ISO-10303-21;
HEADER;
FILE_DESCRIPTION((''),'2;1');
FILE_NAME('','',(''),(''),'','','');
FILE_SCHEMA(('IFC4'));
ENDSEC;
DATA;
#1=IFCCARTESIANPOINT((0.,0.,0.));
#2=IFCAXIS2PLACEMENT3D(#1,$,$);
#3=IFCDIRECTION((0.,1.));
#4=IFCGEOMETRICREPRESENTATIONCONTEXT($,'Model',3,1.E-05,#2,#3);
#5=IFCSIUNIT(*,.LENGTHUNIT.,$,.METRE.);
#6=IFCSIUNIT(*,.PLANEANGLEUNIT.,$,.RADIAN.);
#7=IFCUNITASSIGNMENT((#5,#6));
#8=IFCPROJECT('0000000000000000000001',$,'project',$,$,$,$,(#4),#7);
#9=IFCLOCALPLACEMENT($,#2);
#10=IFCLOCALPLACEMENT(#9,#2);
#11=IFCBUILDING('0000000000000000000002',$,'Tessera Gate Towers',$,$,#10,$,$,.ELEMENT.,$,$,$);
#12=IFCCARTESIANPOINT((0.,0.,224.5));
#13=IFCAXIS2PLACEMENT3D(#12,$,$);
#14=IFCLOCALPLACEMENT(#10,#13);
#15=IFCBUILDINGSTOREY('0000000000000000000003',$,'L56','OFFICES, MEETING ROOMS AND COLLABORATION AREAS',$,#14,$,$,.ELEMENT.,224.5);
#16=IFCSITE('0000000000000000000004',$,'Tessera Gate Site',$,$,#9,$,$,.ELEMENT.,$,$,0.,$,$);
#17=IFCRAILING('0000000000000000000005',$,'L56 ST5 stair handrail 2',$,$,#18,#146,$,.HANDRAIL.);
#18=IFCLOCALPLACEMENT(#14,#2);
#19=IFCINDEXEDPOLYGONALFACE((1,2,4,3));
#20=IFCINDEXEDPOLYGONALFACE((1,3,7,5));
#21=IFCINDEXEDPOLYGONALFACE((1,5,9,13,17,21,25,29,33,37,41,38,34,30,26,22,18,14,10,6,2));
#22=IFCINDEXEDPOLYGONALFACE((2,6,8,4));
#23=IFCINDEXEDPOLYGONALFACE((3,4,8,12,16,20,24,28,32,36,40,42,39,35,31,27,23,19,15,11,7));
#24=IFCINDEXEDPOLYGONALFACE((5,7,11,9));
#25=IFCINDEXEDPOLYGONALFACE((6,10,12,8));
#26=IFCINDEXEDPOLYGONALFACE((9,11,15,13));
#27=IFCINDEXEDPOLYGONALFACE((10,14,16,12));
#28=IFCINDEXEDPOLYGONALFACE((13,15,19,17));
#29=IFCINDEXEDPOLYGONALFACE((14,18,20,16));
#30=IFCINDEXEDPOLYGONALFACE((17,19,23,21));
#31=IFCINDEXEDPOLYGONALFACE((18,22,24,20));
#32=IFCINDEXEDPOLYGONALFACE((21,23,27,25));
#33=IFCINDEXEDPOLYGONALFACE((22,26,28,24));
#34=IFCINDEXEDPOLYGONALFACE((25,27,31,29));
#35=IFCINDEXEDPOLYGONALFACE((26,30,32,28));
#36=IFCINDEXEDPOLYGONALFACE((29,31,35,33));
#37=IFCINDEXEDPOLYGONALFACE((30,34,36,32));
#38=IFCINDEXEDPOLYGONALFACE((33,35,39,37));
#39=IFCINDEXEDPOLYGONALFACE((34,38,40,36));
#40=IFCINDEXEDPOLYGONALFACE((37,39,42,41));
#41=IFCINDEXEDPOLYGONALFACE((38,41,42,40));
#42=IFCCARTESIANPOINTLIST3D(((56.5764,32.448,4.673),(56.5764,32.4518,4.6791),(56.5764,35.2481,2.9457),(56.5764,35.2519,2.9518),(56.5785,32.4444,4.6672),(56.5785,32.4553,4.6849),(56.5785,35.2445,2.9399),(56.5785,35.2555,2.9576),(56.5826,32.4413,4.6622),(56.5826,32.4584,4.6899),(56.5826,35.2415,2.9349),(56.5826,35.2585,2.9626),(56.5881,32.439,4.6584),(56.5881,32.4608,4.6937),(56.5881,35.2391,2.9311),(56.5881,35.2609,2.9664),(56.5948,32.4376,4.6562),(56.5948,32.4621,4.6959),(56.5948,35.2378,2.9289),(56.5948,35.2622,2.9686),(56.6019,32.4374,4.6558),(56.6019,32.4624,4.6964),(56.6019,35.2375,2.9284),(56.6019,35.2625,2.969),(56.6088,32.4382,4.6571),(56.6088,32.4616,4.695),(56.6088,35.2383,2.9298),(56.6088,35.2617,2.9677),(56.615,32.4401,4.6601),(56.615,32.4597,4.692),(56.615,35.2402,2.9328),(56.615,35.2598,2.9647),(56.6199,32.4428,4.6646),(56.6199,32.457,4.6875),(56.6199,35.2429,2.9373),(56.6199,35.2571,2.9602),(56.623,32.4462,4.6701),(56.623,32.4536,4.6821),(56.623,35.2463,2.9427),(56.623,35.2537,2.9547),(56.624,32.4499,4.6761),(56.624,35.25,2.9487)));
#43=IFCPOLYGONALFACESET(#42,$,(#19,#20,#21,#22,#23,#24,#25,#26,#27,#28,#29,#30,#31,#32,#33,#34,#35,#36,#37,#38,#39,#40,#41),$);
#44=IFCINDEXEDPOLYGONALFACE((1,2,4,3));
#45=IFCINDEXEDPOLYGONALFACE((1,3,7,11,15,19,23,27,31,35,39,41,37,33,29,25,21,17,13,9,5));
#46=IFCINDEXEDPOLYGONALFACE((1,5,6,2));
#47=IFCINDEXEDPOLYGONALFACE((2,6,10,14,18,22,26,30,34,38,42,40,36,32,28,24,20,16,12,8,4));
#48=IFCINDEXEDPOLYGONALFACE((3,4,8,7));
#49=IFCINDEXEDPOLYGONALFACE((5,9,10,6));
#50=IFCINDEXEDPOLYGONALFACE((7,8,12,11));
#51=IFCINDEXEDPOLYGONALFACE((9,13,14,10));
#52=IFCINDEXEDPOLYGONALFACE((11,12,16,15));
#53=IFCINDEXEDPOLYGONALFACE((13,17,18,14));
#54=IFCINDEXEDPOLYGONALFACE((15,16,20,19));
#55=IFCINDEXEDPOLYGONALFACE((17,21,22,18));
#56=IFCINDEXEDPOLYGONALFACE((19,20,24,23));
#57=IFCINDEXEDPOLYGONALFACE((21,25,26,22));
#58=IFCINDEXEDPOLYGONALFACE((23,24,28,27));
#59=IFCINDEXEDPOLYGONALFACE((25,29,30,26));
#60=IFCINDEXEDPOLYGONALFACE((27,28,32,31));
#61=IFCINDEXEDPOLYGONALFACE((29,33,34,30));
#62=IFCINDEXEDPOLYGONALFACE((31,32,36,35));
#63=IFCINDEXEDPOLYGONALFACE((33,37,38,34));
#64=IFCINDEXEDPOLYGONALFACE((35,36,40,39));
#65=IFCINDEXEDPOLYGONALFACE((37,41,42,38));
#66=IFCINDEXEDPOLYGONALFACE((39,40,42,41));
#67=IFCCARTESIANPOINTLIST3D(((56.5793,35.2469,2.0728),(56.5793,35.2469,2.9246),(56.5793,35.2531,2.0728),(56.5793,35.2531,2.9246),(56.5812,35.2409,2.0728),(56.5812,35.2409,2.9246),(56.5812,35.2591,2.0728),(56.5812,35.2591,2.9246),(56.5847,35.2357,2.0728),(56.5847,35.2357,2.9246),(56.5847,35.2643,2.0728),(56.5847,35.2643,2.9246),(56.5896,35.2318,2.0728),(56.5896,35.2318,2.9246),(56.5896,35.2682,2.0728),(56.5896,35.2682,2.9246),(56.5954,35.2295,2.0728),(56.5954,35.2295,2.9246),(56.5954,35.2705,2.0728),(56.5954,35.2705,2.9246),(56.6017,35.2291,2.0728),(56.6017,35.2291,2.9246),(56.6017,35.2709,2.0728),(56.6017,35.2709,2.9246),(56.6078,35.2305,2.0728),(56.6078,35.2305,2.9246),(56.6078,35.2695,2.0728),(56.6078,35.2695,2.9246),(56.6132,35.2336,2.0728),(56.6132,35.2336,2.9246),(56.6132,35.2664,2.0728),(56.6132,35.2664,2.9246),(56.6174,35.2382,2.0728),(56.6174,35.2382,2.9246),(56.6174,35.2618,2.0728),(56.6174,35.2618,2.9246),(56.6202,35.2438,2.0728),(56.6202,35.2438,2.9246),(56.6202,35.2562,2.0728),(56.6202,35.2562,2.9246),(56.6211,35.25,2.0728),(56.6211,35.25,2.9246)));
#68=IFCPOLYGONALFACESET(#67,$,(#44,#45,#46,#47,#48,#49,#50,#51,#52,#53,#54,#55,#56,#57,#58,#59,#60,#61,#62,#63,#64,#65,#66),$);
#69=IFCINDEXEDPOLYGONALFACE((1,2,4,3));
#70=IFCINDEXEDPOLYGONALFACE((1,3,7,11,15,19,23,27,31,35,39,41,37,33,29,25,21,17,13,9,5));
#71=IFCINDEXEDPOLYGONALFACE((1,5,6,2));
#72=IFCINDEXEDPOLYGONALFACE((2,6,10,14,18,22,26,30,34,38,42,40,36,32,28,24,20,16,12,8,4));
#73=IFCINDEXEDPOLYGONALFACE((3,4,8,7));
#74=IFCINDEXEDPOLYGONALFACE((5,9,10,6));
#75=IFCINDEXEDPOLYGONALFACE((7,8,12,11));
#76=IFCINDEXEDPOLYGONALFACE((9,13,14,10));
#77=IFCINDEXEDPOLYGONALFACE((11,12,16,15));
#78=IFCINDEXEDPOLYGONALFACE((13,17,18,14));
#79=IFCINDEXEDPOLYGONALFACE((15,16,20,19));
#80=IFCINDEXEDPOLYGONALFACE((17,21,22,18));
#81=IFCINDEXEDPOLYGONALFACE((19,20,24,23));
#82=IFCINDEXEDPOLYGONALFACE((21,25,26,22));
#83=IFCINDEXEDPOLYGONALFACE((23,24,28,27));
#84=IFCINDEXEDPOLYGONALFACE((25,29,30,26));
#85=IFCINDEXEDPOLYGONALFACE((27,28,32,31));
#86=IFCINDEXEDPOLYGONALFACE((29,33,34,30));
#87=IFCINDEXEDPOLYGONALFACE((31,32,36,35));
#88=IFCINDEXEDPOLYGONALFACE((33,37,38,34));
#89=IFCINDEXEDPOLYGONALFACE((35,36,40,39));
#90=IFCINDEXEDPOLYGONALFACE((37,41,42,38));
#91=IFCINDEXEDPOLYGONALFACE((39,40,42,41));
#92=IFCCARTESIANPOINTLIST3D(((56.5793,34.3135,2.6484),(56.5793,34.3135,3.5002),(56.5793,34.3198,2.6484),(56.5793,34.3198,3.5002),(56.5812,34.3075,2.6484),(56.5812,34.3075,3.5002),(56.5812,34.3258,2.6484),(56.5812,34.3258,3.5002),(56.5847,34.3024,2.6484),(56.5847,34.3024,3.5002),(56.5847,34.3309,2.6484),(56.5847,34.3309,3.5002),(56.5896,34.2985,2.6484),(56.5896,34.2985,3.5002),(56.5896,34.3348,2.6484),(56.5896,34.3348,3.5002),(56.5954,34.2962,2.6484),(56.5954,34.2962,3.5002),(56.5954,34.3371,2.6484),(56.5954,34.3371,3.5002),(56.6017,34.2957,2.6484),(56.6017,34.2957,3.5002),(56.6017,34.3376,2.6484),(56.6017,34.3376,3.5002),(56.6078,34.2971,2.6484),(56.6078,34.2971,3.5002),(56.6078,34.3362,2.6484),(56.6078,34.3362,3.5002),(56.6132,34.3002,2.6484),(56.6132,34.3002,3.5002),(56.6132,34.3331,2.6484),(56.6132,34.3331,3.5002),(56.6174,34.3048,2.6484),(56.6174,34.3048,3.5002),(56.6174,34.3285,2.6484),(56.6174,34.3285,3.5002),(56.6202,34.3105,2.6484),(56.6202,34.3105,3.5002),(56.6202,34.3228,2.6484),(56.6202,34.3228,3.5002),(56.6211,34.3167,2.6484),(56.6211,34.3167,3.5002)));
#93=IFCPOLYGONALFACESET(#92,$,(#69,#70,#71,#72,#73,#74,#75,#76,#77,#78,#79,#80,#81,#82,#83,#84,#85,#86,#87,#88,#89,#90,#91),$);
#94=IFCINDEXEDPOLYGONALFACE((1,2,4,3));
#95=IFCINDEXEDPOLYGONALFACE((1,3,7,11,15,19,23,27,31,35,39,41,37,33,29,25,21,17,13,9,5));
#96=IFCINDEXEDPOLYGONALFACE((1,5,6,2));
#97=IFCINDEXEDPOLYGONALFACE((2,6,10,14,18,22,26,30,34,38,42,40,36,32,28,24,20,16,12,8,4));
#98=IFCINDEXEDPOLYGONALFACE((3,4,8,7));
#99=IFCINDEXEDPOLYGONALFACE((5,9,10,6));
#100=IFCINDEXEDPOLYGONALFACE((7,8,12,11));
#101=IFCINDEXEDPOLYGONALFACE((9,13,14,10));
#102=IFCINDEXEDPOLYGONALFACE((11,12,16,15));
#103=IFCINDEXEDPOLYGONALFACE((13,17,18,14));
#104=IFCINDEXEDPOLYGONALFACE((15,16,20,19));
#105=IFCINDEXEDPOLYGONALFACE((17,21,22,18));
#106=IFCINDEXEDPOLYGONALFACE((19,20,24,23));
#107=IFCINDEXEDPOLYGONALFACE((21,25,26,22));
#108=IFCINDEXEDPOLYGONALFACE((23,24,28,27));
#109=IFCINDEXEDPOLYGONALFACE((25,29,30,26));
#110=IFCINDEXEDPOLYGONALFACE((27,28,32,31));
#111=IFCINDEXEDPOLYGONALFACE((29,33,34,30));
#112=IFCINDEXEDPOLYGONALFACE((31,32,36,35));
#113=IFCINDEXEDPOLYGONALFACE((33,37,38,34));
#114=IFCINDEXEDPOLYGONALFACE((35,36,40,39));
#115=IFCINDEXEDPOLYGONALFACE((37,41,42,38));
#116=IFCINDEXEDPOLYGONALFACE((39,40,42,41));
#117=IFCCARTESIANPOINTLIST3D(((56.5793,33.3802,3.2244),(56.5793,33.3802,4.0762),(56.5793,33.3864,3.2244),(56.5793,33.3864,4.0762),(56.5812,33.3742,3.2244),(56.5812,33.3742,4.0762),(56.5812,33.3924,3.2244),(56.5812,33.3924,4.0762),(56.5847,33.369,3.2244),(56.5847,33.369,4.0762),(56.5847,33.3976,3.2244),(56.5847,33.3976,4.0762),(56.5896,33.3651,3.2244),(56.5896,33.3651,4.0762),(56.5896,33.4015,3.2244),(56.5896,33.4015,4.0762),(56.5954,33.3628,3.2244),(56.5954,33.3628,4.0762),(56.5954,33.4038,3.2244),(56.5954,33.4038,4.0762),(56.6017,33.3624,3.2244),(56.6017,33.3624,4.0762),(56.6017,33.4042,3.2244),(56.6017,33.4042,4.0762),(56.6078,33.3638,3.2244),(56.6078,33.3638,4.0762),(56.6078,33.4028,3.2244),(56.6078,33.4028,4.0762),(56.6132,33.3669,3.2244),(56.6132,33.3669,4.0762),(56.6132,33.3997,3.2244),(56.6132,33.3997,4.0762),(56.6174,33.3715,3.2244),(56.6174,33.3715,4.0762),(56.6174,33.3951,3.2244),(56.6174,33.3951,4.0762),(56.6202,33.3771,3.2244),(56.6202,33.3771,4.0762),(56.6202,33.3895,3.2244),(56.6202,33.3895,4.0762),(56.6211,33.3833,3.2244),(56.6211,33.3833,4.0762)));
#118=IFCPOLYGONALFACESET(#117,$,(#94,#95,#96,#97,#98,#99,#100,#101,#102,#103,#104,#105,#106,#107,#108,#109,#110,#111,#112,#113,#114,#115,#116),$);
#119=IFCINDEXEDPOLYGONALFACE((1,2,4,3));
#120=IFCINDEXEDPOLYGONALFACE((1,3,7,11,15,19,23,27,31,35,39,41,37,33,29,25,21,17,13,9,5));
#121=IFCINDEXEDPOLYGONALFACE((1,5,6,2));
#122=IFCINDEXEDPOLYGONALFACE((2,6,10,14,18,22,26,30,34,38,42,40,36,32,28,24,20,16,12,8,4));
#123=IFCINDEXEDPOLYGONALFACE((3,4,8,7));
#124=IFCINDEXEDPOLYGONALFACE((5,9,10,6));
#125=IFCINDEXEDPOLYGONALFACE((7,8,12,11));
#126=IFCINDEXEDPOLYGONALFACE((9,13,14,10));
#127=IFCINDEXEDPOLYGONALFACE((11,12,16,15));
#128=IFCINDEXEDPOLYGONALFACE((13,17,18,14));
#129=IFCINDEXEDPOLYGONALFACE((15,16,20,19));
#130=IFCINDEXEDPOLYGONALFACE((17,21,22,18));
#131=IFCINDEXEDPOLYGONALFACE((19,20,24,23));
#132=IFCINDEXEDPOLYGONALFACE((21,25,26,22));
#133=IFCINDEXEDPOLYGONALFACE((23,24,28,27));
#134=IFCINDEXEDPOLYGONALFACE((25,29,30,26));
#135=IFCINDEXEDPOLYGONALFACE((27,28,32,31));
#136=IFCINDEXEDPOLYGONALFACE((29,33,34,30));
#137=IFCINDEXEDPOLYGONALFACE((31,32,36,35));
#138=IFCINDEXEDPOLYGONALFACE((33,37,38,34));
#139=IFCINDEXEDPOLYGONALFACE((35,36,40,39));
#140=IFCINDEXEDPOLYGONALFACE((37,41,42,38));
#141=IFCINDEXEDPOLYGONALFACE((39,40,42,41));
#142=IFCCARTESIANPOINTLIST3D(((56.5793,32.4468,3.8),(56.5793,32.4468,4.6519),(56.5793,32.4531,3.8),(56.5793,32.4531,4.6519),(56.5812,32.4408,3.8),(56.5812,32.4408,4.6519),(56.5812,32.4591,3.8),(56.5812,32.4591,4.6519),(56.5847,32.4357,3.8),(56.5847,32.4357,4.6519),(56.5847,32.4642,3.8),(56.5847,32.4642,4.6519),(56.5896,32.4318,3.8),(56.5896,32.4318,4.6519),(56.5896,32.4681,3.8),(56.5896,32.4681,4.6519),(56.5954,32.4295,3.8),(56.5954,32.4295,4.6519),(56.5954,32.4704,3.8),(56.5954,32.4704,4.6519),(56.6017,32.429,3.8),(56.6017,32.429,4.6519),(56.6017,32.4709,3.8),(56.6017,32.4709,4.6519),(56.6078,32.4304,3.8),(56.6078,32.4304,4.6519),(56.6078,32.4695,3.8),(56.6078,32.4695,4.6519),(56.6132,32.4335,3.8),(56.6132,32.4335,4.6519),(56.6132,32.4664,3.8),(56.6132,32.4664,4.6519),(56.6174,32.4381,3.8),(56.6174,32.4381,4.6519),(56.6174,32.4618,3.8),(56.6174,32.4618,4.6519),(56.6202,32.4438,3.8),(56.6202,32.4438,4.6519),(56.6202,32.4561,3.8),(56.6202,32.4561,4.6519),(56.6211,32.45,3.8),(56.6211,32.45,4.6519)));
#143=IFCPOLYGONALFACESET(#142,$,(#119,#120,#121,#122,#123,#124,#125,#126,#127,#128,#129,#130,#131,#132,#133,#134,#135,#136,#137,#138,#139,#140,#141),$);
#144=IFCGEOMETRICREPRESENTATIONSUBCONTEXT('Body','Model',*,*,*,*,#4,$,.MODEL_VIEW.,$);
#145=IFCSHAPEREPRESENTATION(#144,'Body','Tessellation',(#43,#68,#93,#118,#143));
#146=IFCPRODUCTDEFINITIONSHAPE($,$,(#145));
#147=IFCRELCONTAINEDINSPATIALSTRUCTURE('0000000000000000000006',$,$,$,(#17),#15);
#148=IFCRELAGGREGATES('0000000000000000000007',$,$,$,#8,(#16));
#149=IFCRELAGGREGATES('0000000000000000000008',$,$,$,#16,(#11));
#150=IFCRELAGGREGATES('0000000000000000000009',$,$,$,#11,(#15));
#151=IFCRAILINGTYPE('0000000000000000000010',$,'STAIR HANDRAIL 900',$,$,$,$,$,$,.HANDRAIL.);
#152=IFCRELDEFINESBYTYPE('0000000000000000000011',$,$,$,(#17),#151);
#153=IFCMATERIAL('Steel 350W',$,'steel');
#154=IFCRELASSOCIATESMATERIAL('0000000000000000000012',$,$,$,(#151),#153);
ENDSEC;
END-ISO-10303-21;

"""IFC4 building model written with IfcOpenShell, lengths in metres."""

from ifc_helpers import new_model, si_unit, direction, frame, origin, origin_2d, place, context, subcontext, project, spatial, circle, extrude, material, type_object, element, save


model = new_model("IFC4")

# Units and contexts
model_context = context("Model", 3, precision=1e-05, world=origin(), true_north=direction((0.0, 1.0)))
body_context = subcontext(model_context, "Body", "Model", "MODEL_VIEW")
ifc_project = project(units=[si_unit("LENGTHUNIT", "METRE"), si_unit("PLANEANGLEUNIT", "RADIAN")], contexts=[model_context])

# Site, building, storey
site_placement = place(None, origin())
site = spatial("IfcSite", under=ifc_project, at=site_placement, Name="Tessera Gate Site", CompositionType="ELEMENT", RefElevation=0.0)
building_placement = place(site_placement, origin())
building = spatial("IfcBuilding", under=site, at=building_placement, Name="Tessera Gate Towers", CompositionType="ELEMENT")
storey_placement = place(building_placement, frame((0.0, 0.0, 224.5)))
storey = spatial("IfcBuildingStorey", under=building, at=storey_placement, Name="L56", Description="OFFICES, MEETING ROOMS AND COLLABORATION AREAS", CompositionType="ELEMENT", Elevation=224.5)

# Railing
ifc_material_1 = material(Name="Steel 350W", Category="steel")
railing_type_1 = type_object("IfcRailingType", Name="STAIR HANDRAIL 900", PredefinedType="HANDRAIL", material=ifc_material_1)
railing_1_placement = place(storey_placement, frame((56.6001, 35.25, 2.0728)))
element("IfcRailing", 1, at=railing_1_placement, inside=storey, type_object=railing_type_1, Name="L56 ST5 stair handrail 2", PredefinedType="HANDRAIL", context=body_context, shape_type="SweptSolid", body=[
    extrude(circle(Radius=0.0239, at=origin_2d()), frame((0.0, 0.0, 0.876), z_axis=(0.0, -0.85109, 0.52502), x_axis=(1.0, 0.0, 0.0)), (0.0, 0.0, 1.0), 3.29),
    extrude(circle(Radius=0.021, at=origin_2d()), origin(), (0.0, 0.0, 1.0), 0.8518),
    extrude(circle(Radius=0.021, at=origin_2d()), frame((0.0, -0.9333, 0.5757)), (0.0, 0.0, 1.0), 0.8518),
    extrude(circle(Radius=0.021, at=origin_2d()), frame((0.0, -1.8667, 1.1516)), (0.0, 0.0, 1.0), 0.8518),
    extrude(circle(Radius=0.021, at=origin_2d()), frame((0.0, -2.8, 1.7273)), (0.0, 0.0, 1.0), 0.8518),
])

save(model, "model.ifc")
